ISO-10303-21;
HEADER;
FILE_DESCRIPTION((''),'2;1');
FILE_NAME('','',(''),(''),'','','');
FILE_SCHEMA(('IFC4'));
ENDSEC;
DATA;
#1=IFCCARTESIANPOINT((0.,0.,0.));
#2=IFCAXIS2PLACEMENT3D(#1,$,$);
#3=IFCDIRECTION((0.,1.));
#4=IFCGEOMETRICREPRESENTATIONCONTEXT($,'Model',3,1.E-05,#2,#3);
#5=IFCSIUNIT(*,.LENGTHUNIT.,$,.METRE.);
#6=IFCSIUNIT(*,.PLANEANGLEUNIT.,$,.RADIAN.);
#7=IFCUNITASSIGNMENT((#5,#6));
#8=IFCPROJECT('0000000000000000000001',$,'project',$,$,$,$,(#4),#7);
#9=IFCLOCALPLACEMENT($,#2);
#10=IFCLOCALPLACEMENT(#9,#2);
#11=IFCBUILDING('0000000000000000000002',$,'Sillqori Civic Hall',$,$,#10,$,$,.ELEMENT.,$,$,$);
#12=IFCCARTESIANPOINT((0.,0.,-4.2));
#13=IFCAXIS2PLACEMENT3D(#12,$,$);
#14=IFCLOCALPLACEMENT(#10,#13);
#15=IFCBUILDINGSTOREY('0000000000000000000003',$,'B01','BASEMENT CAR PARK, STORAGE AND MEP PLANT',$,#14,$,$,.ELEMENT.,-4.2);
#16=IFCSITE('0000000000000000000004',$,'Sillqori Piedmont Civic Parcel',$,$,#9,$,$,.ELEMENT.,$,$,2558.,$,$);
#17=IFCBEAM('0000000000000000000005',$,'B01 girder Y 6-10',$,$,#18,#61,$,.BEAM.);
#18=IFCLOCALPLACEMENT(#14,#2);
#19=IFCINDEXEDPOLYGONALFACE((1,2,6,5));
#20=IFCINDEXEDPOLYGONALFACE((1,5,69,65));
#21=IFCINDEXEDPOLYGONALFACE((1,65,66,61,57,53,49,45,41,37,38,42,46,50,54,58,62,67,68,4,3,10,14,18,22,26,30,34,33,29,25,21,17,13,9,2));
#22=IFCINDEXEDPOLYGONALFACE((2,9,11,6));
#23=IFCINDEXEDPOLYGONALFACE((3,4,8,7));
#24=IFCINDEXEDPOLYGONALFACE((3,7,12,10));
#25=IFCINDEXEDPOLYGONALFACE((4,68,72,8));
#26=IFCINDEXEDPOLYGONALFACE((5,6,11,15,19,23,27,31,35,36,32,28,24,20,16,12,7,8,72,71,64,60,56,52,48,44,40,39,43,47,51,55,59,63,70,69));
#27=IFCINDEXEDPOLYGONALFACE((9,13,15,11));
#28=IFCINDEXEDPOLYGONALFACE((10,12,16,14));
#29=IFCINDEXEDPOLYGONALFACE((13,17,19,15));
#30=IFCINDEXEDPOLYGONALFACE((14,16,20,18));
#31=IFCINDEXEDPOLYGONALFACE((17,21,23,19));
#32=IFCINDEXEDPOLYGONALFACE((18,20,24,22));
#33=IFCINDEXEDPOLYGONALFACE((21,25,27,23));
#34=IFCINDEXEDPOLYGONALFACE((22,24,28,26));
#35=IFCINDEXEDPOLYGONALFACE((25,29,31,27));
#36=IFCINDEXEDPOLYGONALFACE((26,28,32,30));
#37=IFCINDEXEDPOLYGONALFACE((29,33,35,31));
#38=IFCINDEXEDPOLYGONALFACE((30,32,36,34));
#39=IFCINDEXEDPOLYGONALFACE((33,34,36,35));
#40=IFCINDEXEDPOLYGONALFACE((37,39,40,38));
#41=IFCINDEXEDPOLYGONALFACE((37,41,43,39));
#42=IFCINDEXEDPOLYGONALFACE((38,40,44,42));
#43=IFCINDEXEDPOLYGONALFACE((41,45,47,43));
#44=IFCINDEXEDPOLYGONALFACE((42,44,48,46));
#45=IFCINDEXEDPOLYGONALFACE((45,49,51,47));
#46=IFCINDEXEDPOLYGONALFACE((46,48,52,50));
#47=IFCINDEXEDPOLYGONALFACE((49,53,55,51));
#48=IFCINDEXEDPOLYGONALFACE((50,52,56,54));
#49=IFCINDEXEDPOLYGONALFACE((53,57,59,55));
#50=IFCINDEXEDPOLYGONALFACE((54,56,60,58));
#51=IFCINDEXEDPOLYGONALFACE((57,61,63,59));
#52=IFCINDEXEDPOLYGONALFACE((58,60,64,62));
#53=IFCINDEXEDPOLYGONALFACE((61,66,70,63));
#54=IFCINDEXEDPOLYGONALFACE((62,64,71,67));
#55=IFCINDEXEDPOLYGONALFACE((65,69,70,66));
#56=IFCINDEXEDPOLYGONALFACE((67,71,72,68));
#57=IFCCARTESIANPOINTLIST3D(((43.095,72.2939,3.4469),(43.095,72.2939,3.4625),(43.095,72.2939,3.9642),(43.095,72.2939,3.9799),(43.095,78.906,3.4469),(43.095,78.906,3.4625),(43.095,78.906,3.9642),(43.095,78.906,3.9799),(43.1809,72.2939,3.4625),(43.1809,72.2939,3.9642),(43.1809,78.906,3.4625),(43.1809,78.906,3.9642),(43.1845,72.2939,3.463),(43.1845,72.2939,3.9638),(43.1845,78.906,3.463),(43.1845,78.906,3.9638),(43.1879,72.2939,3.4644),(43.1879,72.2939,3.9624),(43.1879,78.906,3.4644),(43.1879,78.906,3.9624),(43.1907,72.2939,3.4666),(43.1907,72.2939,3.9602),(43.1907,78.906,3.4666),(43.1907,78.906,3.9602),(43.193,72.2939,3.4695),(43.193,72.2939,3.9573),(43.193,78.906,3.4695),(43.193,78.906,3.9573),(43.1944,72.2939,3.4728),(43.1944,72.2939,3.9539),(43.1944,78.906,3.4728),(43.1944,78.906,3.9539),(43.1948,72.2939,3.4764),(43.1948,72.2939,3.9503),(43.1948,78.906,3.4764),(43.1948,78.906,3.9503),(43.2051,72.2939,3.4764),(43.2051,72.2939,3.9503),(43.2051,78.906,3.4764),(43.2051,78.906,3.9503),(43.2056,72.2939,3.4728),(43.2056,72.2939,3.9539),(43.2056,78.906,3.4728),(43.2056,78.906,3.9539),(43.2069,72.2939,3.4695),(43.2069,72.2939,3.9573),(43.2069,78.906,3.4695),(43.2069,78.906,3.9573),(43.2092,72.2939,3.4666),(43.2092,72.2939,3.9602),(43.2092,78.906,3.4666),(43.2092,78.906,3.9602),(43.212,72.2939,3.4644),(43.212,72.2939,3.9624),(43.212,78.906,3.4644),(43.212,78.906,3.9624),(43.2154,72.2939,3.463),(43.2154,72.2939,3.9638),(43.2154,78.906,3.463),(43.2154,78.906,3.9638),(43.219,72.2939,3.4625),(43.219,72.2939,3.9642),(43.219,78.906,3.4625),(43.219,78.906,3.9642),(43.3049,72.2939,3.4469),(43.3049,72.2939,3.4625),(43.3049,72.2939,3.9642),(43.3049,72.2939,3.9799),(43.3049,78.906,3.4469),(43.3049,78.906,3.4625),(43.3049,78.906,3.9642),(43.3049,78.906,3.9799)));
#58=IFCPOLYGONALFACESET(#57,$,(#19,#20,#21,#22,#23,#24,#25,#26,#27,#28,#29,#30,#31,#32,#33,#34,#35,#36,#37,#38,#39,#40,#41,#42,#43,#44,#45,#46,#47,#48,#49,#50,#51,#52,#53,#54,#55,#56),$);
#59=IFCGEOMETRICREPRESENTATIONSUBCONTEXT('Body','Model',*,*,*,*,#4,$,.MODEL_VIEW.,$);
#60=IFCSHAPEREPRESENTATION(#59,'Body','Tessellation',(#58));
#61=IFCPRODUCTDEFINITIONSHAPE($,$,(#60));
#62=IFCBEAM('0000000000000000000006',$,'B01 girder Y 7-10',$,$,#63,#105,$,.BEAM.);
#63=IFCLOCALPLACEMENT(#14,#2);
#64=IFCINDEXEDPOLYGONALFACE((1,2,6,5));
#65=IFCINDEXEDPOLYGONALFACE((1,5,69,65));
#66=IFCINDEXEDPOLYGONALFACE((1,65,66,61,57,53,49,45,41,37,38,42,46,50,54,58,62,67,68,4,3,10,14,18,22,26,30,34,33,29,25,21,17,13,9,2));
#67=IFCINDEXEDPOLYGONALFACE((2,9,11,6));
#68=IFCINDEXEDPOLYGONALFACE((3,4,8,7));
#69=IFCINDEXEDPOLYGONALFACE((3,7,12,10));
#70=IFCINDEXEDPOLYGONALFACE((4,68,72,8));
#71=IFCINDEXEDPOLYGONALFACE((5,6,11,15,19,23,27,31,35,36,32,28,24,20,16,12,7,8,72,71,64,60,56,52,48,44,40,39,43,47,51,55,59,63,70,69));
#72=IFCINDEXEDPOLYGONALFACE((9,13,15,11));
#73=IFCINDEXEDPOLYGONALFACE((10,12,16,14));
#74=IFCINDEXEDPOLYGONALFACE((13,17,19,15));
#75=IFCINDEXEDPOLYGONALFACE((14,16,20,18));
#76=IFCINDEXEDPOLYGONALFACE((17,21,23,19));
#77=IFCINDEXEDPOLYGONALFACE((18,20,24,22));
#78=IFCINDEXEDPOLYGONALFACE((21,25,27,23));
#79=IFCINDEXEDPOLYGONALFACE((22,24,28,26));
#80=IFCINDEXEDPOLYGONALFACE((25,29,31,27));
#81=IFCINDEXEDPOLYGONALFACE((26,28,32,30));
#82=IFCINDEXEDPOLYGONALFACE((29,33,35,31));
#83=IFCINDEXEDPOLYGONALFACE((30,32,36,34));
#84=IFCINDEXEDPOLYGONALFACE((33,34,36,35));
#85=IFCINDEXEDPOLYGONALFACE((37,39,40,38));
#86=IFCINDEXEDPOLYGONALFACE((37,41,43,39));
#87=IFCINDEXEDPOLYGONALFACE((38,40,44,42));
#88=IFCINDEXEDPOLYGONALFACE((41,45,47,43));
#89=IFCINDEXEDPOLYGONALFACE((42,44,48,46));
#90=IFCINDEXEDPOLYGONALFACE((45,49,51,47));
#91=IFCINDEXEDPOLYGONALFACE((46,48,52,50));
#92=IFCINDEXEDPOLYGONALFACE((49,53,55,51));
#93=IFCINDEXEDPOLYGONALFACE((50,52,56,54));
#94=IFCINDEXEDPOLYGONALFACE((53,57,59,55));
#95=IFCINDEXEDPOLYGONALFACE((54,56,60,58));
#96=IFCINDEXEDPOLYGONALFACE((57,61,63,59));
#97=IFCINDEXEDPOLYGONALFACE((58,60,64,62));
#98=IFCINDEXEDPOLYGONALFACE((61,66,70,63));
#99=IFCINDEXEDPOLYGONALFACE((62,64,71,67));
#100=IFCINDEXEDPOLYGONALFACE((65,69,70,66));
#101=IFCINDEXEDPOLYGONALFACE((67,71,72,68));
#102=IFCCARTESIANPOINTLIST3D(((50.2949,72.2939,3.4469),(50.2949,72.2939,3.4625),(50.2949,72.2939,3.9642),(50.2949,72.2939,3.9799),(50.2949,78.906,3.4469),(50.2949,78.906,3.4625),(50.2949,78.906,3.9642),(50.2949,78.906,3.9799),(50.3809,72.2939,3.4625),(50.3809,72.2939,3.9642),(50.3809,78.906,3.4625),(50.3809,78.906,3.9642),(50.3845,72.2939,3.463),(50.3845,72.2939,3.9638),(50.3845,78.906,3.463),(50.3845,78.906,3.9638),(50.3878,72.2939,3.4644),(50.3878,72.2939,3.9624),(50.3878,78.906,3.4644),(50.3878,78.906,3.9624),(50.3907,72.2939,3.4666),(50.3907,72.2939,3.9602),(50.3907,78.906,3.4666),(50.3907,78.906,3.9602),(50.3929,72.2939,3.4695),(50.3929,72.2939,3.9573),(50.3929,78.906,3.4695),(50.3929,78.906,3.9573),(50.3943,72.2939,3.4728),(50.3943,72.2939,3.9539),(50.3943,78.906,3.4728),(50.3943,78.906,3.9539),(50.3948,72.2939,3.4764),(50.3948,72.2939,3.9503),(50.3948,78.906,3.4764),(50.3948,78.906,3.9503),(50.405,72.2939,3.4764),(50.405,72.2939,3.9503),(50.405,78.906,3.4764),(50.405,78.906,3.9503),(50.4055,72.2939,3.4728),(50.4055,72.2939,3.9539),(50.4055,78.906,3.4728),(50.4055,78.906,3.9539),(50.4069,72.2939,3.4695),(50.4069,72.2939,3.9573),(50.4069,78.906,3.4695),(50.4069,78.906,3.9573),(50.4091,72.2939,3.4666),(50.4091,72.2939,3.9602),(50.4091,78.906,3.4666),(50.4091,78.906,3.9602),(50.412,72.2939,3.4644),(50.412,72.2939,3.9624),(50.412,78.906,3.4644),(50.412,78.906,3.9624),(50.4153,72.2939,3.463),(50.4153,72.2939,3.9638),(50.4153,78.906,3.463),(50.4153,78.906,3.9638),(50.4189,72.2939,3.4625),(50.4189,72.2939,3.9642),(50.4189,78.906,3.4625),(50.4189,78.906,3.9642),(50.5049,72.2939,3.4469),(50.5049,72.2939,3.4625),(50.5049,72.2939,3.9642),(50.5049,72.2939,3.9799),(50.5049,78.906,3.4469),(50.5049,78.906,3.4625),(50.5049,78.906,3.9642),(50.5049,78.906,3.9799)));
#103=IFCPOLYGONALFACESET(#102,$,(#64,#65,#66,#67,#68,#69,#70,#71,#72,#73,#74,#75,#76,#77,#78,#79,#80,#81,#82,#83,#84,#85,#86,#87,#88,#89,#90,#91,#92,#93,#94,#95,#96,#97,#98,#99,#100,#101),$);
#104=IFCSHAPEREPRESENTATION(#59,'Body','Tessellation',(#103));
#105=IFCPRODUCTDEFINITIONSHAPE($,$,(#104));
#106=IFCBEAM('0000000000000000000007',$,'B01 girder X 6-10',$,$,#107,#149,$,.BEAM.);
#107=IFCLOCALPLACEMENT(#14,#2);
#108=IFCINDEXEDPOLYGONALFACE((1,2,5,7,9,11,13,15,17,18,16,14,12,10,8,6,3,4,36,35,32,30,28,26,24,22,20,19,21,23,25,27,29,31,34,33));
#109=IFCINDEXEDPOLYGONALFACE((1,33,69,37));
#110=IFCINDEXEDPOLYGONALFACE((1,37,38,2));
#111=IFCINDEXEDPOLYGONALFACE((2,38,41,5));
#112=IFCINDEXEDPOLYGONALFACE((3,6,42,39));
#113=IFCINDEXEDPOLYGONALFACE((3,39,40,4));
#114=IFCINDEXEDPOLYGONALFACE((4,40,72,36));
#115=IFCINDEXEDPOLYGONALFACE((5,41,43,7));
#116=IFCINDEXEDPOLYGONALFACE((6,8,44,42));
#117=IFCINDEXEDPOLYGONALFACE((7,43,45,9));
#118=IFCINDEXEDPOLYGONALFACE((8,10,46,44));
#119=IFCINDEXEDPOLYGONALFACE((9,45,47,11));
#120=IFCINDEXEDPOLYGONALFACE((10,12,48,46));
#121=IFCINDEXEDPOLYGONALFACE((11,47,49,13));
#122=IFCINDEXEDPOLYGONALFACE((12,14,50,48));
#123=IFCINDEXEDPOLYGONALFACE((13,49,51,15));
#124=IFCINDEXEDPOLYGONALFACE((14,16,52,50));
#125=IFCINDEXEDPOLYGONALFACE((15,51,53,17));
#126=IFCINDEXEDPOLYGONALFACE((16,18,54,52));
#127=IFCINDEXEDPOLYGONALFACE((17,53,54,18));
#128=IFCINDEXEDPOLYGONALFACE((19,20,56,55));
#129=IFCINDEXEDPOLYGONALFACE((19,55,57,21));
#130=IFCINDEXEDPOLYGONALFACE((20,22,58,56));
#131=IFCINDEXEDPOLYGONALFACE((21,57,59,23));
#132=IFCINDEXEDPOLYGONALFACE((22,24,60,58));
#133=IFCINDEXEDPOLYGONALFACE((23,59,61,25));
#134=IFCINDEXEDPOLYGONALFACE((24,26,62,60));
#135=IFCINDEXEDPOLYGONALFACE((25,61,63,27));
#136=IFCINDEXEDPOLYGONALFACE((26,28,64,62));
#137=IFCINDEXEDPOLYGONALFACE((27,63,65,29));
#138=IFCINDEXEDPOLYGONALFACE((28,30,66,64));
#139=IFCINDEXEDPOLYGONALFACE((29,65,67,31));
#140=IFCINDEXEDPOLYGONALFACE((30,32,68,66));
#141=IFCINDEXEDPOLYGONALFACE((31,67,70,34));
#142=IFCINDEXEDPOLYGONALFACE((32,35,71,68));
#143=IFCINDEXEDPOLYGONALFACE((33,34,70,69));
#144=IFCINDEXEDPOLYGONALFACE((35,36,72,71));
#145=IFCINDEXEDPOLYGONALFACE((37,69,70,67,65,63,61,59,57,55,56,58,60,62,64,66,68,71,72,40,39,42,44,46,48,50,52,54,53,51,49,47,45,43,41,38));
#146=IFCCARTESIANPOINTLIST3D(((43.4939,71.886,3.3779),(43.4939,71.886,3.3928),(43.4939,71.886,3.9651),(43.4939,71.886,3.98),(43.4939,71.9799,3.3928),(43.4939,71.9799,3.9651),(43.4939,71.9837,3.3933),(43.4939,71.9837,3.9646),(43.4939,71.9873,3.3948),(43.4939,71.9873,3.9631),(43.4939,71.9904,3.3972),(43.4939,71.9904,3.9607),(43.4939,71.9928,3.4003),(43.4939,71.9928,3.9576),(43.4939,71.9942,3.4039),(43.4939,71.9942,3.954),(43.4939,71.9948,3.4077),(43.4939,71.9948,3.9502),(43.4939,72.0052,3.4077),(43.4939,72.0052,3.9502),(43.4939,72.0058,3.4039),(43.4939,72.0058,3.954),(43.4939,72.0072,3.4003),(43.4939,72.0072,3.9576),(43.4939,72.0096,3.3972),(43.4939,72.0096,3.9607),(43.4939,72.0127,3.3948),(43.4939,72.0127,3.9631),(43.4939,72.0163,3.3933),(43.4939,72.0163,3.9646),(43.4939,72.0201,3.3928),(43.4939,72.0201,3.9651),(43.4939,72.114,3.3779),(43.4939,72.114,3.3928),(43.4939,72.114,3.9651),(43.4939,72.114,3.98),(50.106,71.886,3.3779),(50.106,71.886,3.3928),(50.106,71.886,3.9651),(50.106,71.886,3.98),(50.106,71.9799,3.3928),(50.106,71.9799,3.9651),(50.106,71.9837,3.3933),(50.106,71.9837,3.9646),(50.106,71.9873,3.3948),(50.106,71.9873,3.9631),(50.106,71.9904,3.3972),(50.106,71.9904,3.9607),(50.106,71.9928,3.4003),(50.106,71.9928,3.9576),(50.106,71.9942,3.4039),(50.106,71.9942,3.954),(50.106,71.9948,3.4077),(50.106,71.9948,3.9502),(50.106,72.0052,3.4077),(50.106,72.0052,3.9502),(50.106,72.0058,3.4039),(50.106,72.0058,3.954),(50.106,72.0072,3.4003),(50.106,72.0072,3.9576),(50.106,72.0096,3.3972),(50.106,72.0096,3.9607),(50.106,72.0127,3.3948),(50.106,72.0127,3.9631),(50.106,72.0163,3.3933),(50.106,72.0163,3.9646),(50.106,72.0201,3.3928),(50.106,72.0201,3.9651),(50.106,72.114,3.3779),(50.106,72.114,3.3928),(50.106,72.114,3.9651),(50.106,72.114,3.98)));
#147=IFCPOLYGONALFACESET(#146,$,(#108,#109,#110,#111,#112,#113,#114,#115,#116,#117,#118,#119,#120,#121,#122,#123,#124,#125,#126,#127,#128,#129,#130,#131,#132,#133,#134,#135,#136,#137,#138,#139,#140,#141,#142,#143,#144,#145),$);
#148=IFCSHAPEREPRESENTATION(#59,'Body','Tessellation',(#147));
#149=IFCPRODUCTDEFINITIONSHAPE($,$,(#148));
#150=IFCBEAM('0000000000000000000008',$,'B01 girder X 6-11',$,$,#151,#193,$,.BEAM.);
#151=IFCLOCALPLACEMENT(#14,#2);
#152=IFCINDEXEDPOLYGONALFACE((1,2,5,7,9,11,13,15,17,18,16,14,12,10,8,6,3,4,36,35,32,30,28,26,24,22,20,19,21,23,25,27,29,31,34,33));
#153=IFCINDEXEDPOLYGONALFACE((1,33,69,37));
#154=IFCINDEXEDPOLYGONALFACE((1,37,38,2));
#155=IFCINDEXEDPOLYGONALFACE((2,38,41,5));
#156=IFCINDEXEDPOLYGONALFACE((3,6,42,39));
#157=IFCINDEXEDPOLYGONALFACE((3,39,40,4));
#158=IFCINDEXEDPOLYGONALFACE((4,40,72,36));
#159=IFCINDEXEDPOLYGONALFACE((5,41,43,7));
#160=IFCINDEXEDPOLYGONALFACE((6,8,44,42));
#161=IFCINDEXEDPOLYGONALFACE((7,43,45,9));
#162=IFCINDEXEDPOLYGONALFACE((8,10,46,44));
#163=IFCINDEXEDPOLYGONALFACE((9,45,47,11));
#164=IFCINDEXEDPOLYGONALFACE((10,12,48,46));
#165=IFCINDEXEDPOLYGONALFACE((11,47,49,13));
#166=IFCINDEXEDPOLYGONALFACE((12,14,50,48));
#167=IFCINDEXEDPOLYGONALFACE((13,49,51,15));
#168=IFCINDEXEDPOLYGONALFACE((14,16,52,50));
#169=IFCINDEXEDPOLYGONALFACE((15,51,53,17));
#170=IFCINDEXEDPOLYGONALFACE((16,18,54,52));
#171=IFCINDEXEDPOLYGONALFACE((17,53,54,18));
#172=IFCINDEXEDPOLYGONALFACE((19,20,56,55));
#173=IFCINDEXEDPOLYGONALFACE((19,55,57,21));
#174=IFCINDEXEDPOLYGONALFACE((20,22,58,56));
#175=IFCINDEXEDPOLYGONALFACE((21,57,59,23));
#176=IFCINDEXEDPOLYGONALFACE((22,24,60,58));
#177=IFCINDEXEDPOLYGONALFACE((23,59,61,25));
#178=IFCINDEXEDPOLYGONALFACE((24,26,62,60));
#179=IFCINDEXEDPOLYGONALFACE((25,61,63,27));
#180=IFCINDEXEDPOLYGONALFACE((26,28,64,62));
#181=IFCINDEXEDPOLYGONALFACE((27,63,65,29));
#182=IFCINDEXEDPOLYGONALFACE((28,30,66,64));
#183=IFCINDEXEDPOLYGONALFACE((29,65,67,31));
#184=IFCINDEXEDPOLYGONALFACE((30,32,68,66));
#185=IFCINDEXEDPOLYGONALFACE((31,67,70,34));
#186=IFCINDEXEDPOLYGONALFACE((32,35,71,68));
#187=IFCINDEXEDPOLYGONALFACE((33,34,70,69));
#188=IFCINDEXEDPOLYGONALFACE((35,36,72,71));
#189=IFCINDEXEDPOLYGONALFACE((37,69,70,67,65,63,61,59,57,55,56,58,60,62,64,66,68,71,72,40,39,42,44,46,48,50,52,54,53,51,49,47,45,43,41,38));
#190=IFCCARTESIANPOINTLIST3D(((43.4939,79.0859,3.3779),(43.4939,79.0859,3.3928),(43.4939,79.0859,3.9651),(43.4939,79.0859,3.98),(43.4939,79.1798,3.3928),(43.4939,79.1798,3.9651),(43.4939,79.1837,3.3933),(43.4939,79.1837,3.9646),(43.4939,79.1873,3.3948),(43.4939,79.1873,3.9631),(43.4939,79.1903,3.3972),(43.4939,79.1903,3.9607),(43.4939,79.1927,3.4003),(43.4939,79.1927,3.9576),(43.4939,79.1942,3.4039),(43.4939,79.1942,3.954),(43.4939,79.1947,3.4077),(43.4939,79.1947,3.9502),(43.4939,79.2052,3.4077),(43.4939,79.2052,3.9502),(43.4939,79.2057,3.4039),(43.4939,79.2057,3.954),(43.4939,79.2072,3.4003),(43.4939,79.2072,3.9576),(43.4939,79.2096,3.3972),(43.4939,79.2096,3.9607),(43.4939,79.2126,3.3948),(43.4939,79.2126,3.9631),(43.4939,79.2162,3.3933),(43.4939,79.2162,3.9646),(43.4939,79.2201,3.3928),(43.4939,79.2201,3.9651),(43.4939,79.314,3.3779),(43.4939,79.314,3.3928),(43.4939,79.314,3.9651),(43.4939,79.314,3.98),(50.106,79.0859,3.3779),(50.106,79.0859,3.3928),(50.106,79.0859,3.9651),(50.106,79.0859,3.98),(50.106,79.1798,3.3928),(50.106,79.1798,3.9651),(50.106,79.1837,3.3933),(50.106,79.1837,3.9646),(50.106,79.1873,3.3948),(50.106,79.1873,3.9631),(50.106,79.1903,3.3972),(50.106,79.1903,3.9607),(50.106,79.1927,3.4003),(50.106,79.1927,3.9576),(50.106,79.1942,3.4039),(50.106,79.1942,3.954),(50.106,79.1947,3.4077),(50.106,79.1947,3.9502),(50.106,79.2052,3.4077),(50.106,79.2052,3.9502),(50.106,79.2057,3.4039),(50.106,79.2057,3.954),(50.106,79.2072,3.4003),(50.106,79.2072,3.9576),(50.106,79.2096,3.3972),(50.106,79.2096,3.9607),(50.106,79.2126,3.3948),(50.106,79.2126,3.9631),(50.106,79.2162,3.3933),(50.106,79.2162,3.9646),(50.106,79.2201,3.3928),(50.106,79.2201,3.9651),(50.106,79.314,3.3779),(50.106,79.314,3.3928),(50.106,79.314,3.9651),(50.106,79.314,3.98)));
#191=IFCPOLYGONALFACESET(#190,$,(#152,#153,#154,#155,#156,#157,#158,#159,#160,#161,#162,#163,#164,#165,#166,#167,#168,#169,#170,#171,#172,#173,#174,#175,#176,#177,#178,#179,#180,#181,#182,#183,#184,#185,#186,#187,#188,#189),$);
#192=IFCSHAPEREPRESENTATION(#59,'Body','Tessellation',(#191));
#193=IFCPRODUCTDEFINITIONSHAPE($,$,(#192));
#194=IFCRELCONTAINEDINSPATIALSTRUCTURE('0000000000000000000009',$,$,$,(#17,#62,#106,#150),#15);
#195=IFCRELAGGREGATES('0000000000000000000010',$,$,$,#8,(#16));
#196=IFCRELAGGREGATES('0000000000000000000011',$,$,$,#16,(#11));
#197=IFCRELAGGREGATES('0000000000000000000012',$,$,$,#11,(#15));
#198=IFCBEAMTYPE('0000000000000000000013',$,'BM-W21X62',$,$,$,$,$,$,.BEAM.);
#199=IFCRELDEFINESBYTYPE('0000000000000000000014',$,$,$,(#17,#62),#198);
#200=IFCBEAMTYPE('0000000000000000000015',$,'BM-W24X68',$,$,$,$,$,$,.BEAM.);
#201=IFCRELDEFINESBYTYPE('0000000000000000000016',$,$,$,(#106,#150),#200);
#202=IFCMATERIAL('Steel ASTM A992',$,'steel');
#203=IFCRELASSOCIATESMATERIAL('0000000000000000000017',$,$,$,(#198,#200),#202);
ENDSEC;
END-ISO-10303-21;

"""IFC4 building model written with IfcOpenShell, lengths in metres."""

from ifc_helpers import new_model, si_unit, direction, frame, origin, origin_2d, place, context, subcontext, project, spatial, i_section, extrude, material, material_profile, profile_set, type_object, element, save


model = new_model("IFC4")

# Units and contexts
model_context = context("Model", 3, precision=1e-05, world=origin(), true_north=direction((0.0, 1.0)))
body_context = subcontext(model_context, "Body", "Model", "MODEL_VIEW")
ifc_project = project(units=[si_unit("LENGTHUNIT", "METRE"), si_unit("PLANEANGLEUNIT", "RADIAN")], contexts=[model_context])

# Site, building, storey
site_placement = place(None, origin())
site = spatial("IfcSite", under=ifc_project, at=site_placement, Name="Sillqori Piedmont Civic Parcel", CompositionType="ELEMENT", RefElevation=2558.0)
building_placement = place(site_placement, origin())
building = spatial("IfcBuilding", under=site, at=building_placement, Name="Sillqori Civic Hall", CompositionType="ELEMENT")
storey_placement = place(building_placement, frame((0.0, 0.0, -4.2)))
storey = spatial("IfcBuildingStorey", under=building, at=storey_placement, Name="B01", Description="BASEMENT CAR PARK, STORAGE AND MEP PLANT", CompositionType="ELEMENT", Elevation=-4.2)

# Beams
ifc_material_1 = material(Name="Steel ASTM A992", Category="steel")
ifc_material_profile_1 = material_profile(ifc_material_1, i_section(OverallWidth=0.21, OverallDepth=0.533, WebThickness=0.0103, FlangeThickness=0.0156, FilletRadius=0.0139, at=origin_2d()), Name="W21X62")
ifc_profile_set_1 = profile_set([ifc_material_profile_1], Name="Steel ASTM A992")
beam_type_1 = type_object("IfcBeamType", Name="BM-W21X62", PredefinedType="BEAM", material=ifc_profile_set_1)
for number, where, z_axis, x_axis, name in (
    (1, (43.2, 72.2939, 3.7134), (0.0, 1.0, 0.0), (-1.0, 0.0, 0.0), "B01 girder Y 6-10"),
    (2, (50.3999, 72.2939, 3.7134), (0.0, 1.0, 0.0), (-1.0, 0.0, 0.0), "B01 girder Y 7-10"),
):
    element("IfcBeam", number, at=place(storey_placement, frame(where, z_axis=z_axis, x_axis=x_axis)), inside=storey, type_object=beam_type_1, Name=name, PredefinedType="BEAM", context=body_context, shape_type="SweptSolid", body=[
        extrude(i_section(OverallWidth=0.21, OverallDepth=0.533, WebThickness=0.0103, FlangeThickness=0.0156, FilletRadius=0.0139, at=origin_2d()), origin(), (0.0, 0.0, 1.0), 6.6121),
    ])
ifc_material_profile_2 = material_profile(ifc_material_1, i_section(OverallWidth=0.228, OverallDepth=0.6021, WebThickness=0.0105, FlangeThickness=0.0149, FilletRadius=0.0149, at=origin_2d()), Name="W24X68")
ifc_profile_set_2 = profile_set([ifc_material_profile_2], Name="Steel ASTM A992")
beam_type_2 = type_object("IfcBeamType", Name="BM-W24X68", PredefinedType="BEAM", material=ifc_profile_set_2)
for number, where, z_axis, x_axis, name in (
    (3, (43.4939, 72.0, 3.679), (1.0, 0.0, 0.0), (0.0, 1.0, 0.0), "B01 girder X 6-10"),
    (4, (43.4939, 79.2, 3.679), (1.0, 0.0, 0.0), (0.0, 1.0, 0.0), "B01 girder X 6-11"),
):
    element("IfcBeam", number, at=place(storey_placement, frame(where, z_axis=z_axis, x_axis=x_axis)), inside=storey, type_object=beam_type_2, Name=name, PredefinedType="BEAM", context=body_context, shape_type="SweptSolid", body=[
        extrude(i_section(OverallWidth=0.228, OverallDepth=0.6021, WebThickness=0.0105, FlangeThickness=0.0149, FilletRadius=0.0149, at=origin_2d()), origin(), (0.0, 0.0, 1.0), 6.6121),
    ])

save(model, "model.ifc")
